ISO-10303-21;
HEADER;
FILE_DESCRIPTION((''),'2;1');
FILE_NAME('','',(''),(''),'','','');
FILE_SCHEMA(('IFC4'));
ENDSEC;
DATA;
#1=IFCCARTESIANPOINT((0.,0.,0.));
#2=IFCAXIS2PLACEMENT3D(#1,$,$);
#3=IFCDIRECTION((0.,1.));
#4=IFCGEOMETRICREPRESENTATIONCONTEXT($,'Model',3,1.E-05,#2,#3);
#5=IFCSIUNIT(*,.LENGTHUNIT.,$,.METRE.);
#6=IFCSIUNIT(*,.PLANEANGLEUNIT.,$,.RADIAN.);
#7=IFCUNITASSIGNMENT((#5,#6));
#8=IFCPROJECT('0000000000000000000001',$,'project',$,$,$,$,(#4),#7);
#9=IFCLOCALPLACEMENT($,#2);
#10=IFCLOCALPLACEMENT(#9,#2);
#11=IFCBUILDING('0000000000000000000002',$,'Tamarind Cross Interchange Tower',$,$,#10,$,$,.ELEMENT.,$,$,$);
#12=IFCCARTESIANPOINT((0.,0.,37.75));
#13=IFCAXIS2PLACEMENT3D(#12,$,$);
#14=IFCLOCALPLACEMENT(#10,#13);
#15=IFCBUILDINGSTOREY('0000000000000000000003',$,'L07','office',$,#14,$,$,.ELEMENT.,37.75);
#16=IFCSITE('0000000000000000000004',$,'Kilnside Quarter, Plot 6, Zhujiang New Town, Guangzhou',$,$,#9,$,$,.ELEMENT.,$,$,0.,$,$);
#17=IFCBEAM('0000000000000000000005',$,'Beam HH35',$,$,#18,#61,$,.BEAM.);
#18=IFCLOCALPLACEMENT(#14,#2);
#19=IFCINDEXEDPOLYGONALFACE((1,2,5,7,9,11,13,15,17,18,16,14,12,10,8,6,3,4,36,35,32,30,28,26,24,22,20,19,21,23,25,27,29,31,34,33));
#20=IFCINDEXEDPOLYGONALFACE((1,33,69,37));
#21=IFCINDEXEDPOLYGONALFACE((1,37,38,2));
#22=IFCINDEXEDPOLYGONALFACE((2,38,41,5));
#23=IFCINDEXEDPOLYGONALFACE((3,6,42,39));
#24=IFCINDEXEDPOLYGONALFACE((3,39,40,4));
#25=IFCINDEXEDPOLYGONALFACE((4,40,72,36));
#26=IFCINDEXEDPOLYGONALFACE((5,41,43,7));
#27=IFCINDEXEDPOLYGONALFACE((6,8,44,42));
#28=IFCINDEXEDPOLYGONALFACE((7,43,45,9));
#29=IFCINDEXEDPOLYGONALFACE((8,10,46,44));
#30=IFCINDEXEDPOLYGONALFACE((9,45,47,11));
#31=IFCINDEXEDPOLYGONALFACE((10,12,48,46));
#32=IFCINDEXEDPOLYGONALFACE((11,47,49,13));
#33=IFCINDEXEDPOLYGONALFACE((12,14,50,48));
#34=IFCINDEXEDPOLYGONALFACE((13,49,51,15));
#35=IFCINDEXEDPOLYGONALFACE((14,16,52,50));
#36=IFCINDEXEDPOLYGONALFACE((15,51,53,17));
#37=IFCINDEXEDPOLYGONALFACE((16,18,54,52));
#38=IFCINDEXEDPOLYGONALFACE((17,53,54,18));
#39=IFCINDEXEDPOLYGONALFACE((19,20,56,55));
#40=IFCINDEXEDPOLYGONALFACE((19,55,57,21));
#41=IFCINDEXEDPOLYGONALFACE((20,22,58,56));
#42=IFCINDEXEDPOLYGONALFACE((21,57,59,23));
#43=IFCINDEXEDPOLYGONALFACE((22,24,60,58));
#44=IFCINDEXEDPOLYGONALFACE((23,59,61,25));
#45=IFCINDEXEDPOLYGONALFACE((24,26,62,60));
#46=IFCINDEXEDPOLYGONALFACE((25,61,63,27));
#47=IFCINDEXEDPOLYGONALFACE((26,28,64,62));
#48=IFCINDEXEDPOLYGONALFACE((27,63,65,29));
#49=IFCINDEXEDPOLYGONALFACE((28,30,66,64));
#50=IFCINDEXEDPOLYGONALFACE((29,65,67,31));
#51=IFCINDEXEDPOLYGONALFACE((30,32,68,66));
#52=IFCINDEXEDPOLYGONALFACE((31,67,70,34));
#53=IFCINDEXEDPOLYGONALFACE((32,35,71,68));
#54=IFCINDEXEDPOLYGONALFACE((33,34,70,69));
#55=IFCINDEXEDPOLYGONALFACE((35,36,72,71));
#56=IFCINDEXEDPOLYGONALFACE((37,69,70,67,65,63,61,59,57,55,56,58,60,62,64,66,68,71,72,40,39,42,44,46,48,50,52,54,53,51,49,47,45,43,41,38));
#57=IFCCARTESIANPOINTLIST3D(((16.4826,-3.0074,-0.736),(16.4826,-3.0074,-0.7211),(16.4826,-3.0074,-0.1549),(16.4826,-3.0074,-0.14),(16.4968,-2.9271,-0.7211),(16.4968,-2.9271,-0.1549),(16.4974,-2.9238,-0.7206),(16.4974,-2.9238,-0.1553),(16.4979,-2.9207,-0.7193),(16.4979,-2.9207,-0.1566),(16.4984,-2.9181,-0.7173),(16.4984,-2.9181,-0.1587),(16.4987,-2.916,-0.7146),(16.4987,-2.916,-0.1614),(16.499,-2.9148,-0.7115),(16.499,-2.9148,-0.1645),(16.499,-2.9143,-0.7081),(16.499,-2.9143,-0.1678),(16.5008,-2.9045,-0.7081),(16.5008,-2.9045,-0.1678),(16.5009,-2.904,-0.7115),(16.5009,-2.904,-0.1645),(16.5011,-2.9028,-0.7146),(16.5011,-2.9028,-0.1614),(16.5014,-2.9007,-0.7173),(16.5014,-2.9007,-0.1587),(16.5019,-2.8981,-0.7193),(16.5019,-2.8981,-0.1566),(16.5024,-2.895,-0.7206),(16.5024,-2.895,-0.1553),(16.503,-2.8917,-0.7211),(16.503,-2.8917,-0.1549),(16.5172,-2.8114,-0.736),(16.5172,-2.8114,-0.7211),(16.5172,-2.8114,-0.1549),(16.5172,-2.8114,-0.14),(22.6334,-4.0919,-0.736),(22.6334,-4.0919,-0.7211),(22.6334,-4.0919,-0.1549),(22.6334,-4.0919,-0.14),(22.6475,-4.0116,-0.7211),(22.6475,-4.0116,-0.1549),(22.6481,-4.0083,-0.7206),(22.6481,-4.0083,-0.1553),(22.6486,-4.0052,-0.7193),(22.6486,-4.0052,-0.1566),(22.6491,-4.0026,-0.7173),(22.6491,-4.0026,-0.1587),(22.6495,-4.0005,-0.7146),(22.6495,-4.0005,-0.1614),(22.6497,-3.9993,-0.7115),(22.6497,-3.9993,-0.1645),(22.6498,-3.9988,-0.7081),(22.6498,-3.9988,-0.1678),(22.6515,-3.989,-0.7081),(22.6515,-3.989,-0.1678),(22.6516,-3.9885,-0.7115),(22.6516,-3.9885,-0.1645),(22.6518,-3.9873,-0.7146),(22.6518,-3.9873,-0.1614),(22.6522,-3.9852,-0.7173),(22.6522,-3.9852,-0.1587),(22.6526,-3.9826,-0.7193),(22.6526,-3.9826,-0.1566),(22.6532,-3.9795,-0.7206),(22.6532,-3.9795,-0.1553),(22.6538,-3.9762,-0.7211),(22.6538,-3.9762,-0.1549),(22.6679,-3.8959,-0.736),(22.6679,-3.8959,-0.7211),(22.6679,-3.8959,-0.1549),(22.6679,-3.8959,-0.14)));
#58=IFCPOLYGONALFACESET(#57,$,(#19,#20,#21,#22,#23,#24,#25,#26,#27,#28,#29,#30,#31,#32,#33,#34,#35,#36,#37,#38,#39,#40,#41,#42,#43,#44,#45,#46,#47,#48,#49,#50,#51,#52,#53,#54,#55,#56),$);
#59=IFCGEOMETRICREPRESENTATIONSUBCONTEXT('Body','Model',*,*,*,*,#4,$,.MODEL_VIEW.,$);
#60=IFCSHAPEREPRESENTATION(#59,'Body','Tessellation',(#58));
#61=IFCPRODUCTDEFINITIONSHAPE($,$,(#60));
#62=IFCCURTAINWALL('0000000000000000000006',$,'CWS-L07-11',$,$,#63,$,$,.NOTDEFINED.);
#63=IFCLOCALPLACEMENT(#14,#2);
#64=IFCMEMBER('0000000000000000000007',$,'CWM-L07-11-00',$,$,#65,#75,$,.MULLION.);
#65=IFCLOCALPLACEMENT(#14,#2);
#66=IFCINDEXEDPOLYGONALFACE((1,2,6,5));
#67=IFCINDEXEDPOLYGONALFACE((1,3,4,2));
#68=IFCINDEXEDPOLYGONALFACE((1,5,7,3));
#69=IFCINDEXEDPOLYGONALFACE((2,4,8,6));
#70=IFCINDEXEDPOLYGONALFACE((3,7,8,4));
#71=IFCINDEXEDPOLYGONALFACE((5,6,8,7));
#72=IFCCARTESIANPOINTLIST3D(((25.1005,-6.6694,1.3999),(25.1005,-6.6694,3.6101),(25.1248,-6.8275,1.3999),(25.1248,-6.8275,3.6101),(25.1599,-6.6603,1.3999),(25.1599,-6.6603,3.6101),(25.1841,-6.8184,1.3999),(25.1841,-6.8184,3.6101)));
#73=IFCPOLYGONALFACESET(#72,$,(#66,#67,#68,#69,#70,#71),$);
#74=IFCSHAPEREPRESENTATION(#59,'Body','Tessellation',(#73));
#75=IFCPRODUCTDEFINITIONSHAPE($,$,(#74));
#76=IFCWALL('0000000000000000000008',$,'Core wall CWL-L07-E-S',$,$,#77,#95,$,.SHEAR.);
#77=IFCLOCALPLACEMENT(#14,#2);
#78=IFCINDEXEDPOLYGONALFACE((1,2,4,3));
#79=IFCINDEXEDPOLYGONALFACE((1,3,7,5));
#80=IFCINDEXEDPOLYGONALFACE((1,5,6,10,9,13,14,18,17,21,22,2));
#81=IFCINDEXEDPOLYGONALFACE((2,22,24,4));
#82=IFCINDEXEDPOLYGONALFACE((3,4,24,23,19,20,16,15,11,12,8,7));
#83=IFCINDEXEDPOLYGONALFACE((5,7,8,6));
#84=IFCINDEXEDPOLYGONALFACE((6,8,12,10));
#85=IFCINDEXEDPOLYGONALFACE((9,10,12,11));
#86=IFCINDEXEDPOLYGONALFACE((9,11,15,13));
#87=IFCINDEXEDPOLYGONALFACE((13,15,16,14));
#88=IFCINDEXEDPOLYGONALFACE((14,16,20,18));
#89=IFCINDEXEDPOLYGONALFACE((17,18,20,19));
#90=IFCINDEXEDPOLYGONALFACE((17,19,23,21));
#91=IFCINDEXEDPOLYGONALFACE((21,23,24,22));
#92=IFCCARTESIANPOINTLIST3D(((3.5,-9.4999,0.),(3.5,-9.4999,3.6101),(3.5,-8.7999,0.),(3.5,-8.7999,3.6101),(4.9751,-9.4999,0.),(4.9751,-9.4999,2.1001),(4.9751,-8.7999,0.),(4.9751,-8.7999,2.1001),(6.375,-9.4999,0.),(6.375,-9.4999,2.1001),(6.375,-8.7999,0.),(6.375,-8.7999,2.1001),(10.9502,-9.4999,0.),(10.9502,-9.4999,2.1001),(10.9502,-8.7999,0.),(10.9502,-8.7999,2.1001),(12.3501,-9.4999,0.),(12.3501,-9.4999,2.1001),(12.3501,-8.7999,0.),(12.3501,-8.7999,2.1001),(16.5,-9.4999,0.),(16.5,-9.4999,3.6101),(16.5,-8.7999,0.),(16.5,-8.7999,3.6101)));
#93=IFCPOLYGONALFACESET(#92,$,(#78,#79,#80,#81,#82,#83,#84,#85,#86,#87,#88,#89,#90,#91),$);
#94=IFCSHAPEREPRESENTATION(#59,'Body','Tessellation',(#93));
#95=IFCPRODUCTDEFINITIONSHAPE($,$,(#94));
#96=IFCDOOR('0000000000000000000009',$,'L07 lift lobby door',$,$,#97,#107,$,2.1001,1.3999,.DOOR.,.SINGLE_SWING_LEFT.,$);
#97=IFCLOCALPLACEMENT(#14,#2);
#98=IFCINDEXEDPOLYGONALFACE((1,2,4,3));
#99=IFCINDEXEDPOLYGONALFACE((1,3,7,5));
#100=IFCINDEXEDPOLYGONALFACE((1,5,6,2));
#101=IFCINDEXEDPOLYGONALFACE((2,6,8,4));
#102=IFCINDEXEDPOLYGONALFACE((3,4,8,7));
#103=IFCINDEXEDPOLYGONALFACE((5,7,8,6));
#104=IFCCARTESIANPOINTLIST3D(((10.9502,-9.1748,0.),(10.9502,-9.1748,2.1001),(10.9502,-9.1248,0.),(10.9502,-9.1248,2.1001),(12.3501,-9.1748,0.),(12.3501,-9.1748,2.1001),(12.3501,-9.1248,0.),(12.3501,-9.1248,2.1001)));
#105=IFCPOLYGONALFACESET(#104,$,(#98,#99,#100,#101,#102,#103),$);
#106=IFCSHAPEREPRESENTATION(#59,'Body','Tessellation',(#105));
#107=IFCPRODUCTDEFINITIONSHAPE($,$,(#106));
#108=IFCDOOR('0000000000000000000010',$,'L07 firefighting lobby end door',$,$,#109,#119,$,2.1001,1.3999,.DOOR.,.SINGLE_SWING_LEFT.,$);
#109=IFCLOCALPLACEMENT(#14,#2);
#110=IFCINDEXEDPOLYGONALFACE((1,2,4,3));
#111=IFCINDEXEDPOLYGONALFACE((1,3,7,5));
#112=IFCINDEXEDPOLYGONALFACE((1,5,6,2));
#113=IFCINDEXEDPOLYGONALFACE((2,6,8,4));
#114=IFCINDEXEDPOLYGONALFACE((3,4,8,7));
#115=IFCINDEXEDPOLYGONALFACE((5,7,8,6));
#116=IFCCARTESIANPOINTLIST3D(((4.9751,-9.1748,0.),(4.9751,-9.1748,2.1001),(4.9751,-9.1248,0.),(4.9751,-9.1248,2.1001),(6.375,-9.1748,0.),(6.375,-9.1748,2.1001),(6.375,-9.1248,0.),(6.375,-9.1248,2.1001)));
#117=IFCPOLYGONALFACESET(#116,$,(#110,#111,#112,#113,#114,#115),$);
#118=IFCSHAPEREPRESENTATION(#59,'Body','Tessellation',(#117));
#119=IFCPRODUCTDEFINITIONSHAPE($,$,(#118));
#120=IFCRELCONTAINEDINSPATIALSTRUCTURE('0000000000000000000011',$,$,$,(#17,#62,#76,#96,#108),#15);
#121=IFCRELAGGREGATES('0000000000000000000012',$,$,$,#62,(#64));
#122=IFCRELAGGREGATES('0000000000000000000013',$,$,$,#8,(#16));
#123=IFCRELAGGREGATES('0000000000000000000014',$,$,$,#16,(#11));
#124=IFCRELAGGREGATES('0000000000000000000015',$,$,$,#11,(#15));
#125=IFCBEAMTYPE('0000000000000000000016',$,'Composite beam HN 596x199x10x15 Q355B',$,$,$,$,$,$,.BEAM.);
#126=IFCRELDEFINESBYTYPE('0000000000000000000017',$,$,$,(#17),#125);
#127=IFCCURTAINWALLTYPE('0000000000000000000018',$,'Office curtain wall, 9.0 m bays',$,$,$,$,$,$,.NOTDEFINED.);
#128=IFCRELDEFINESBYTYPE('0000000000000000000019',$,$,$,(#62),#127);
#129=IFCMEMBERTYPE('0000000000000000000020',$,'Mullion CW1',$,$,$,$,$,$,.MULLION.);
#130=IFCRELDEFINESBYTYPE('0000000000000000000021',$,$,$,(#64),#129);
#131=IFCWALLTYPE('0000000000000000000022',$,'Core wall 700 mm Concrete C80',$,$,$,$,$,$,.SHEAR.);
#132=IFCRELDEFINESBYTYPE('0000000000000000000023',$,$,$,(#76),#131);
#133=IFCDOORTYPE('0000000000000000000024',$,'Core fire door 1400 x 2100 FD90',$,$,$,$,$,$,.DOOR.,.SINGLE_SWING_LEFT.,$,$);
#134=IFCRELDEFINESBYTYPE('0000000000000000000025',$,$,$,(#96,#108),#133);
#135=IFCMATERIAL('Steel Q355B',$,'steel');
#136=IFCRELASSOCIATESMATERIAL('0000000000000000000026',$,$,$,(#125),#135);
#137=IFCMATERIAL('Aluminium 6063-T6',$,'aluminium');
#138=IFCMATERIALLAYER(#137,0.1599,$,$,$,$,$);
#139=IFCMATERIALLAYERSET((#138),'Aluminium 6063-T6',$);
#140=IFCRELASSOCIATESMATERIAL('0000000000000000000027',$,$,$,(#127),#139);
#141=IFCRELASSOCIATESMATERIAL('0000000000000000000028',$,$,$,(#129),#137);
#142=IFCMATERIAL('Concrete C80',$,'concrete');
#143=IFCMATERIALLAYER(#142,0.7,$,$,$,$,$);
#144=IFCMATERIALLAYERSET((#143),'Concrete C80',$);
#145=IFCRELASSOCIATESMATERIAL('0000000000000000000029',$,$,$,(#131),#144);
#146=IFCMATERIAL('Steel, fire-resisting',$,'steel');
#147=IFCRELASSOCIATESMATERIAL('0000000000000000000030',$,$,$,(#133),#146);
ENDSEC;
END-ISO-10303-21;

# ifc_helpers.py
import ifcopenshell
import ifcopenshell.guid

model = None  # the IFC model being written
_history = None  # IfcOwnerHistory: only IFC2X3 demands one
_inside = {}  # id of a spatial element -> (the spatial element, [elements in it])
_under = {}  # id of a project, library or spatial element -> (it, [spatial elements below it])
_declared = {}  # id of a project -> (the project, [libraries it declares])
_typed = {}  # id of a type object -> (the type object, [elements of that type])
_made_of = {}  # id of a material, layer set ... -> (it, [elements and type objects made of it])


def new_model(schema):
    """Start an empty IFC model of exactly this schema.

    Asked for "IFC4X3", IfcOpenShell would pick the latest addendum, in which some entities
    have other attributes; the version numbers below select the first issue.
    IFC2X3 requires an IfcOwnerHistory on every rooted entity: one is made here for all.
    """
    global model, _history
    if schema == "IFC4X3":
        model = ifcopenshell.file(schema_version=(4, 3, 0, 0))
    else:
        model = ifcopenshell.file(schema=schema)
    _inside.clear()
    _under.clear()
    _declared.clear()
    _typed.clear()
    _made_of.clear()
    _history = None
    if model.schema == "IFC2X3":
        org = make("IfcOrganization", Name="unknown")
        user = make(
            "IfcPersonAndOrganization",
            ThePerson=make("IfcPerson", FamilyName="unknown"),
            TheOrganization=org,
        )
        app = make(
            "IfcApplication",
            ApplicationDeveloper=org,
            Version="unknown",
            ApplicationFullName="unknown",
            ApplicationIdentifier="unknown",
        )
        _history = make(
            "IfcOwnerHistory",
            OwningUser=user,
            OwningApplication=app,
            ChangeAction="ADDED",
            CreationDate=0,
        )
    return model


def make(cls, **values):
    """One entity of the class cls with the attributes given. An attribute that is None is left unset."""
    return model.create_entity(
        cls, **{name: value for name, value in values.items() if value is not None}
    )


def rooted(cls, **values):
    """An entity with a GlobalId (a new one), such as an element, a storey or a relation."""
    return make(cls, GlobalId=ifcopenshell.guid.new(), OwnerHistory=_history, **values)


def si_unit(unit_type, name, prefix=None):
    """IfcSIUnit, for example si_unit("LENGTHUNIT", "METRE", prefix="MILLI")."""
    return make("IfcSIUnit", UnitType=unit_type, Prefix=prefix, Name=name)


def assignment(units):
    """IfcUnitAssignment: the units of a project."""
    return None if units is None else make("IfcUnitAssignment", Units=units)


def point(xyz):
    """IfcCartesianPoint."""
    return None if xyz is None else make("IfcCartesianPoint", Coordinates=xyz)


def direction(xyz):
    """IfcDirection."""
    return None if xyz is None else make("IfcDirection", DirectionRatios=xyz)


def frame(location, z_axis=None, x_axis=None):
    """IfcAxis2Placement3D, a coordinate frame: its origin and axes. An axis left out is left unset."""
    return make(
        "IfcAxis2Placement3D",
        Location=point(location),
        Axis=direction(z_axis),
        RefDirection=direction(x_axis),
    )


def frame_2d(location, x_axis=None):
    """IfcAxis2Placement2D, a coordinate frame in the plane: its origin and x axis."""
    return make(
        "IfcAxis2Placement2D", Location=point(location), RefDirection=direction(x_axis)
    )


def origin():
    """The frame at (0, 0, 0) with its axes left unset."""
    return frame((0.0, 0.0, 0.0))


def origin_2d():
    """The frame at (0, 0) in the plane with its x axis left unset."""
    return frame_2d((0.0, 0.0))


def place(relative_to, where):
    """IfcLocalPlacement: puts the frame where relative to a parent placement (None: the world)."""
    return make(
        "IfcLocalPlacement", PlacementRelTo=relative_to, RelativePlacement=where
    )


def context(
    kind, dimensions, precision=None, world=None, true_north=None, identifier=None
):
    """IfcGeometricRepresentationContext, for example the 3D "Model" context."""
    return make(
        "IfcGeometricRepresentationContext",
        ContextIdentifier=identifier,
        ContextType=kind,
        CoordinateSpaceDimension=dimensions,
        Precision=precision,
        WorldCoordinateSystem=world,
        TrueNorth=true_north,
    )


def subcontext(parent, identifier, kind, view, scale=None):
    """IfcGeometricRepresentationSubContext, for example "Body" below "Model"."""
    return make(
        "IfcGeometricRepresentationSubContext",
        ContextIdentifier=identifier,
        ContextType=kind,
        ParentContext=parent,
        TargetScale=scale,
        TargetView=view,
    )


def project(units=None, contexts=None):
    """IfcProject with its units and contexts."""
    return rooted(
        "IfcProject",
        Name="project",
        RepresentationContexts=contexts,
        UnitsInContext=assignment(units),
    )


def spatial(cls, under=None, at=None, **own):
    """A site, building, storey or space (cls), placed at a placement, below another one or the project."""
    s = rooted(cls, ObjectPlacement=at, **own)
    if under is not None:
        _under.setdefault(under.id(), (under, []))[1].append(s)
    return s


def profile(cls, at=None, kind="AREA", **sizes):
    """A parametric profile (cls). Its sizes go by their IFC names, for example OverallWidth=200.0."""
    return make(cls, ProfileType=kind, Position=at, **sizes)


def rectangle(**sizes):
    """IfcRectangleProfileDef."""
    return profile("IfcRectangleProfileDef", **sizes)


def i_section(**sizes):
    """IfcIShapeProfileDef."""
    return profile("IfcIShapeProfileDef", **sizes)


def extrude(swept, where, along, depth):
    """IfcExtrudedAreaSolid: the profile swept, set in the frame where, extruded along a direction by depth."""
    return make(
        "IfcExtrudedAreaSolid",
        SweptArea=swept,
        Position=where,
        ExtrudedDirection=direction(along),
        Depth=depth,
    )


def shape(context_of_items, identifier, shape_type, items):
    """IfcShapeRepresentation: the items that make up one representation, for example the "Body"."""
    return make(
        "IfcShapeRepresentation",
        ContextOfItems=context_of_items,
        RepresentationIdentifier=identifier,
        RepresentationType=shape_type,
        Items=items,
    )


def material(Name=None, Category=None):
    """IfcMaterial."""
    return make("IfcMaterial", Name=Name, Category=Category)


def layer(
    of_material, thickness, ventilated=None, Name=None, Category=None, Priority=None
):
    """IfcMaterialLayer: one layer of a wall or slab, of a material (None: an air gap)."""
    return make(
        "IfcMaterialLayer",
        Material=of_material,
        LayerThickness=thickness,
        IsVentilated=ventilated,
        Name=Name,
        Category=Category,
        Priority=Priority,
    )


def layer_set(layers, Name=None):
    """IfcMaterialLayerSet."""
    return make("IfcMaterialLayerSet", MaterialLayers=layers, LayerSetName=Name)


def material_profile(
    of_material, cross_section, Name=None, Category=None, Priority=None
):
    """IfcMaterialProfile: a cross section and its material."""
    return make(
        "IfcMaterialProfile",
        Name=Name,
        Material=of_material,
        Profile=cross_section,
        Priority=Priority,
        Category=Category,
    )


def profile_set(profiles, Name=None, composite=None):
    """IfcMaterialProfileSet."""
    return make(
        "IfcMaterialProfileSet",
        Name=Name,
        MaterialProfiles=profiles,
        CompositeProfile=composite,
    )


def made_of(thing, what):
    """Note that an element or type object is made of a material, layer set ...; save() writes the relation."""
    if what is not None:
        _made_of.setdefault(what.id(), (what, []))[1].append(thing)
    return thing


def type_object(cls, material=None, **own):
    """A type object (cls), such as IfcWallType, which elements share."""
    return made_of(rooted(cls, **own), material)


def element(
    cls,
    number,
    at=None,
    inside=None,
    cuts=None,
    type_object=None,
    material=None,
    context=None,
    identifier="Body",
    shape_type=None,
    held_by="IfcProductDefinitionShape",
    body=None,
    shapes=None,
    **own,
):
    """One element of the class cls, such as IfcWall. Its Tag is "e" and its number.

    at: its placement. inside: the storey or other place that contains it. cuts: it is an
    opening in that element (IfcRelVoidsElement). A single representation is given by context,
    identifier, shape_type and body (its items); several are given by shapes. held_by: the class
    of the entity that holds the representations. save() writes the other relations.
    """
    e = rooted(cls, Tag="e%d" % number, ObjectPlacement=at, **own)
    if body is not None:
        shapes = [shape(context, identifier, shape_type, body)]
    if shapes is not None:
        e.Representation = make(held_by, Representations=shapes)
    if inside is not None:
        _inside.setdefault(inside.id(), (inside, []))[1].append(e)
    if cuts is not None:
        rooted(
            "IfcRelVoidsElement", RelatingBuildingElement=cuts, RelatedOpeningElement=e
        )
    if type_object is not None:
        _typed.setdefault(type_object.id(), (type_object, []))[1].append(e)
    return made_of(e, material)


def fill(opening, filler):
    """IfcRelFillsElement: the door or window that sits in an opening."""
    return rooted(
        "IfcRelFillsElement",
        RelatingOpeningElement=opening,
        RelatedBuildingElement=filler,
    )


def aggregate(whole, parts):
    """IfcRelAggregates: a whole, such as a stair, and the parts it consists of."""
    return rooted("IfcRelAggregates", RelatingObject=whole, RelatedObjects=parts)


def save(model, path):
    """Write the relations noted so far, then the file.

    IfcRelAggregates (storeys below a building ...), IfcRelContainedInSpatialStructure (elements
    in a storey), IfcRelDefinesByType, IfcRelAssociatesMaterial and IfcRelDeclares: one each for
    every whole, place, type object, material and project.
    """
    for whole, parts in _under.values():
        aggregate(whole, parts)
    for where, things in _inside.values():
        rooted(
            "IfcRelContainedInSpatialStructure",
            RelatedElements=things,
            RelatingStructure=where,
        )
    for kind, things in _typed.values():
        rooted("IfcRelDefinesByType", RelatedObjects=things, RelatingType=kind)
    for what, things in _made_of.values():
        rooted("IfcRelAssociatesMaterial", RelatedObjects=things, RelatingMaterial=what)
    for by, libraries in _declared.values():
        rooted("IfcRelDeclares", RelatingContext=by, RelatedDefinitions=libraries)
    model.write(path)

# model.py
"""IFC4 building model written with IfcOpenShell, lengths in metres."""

from ifc_helpers import new_model, si_unit, direction, frame, frame_2d, origin, origin_2d, place, context, subcontext, project, spatial, rectangle, i_section, extrude, material, layer, layer_set, material_profile, profile_set, type_object, element, fill, aggregate, save


model = new_model("IFC4")

# Units and contexts
model_context = context("Model", 3, precision=1e-05, world=origin(), true_north=direction((0.0, 1.0)))
body_context = subcontext(model_context, "Body", "Model", "MODEL_VIEW")
ifc_project = project(units=[si_unit("LENGTHUNIT", "METRE"), si_unit("PLANEANGLEUNIT", "RADIAN")], contexts=[model_context])

# Site, building, storey
site_placement = place(None, origin())
site = spatial("IfcSite", under=ifc_project, at=site_placement, Name="Kilnside Quarter, Plot 6, Zhujiang New Town, Guangzhou", CompositionType="ELEMENT", RefElevation=0.0)
building_placement = place(site_placement, origin())
building = spatial("IfcBuilding", under=site, at=building_placement, Name="Tamarind Cross Interchange Tower", CompositionType="ELEMENT")
storey_placement = place(building_placement, frame((0.0, 0.0, 37.75)))
storey = spatial("IfcBuildingStorey", under=building, at=storey_placement, Name="L07", Description="office", CompositionType="ELEMENT", Elevation=37.75)

# Beam
ifc_material_1 = material(Name="Steel Q355B", Category="steel")
ifc_material_profile_1 = material_profile(ifc_material_1, i_section(OverallWidth=0.199, OverallDepth=0.5959, WebThickness=0.01, FlangeThickness=0.0149, FilletRadius=0.0129, at=origin_2d()), Name="HN 596x199x10x15")
ifc_profile_set_1 = profile_set([ifc_material_profile_1], Name="Steel Q355B")
beam_type = type_object("IfcBeamType", Name="Composite beam HN 596x199x10x15 Q355B", PredefinedType="BEAM", material=ifc_profile_set_1)
beam_1_placement = place(storey_placement, frame((22.6506, -3.9939, -0.438), z_axis=(-0.984809, 0.17364, 0.0), x_axis=(-0.17364, -0.984809, 0.0)))
element("IfcBeam", 1, at=beam_1_placement, inside=storey, type_object=beam_type, Name="Beam HH35", PredefinedType="BEAM", context=body_context, shape_type="SweptSolid", body=[
    extrude(i_section(OverallWidth=0.199, OverallDepth=0.5959, WebThickness=0.01, FlangeThickness=0.0149, FilletRadius=0.0129, at=origin_2d()), origin(), (0.0, 0.0, 1.0), 6.2456),
])

# Curtain wall, member
ifc_material_2 = material(Name="Aluminium 6063-T6", Category="aluminium")
ifc_layer_1 = layer(ifc_material_2, 0.1599)
ifc_layer_set_1 = layer_set([ifc_layer_1], Name="Aluminium 6063-T6")
curtain_wall_type = type_object("IfcCurtainWallType", Name="Office curtain wall, 9.0 m bays", PredefinedType="NOTDEFINED", material=ifc_layer_set_1)
curtain_wall_placement = place(storey_placement, origin())
curtain_wall = element("IfcCurtainWall", 2, at=curtain_wall_placement, inside=storey, type_object=curtain_wall_type, Name="CWS-L07-11", PredefinedType="NOTDEFINED")
ifc_material_profile_2 = material_profile(ifc_material_2, rectangle(XDim=0.0601, YDim=0.1599, at=origin_2d()), Name="Mullion CW1")
ifc_profile_set_2 = profile_set([ifc_material_profile_2], Name="Aluminium 6063-T6")
member_type = type_object("IfcMemberType", Name="Mullion CW1", PredefinedType="MULLION", material=ifc_profile_set_2)
member_placement = place(storey_placement, frame((25.1423, -6.7439, 1.3999), z_axis=(0.0, 0.0, 1.0), x_axis=(0.988428, 0.151689, 0.0)))
member = element("IfcMember", 3, at=member_placement, type_object=member_type, Name="CWM-L07-11-00", PredefinedType="MULLION", context=body_context, shape_type="SweptSolid", body=[
    extrude(rectangle(XDim=0.0601, YDim=0.1599, at=origin_2d()), origin(), (0.0, 0.0, 1.0), 2.2102),
])
aggregate(curtain_wall, [member])

# Wall, openings, doors
ifc_material_3 = material(Name="Concrete C80", Category="concrete")
ifc_layer_2 = layer(ifc_material_3, 0.7)
ifc_layer_set_2 = layer_set([ifc_layer_2], Name="Concrete C80")
wall_type_1 = type_object("IfcWallType", Name="Core wall 700 mm Concrete C80", PredefinedType="SHEAR", material=ifc_layer_set_2)
wall_1_placement = place(storey_placement, frame((16.5, -9.1499, 0.0), z_axis=(0.0, 0.0, 1.0), x_axis=(-1.0, 0.0, 0.0)))
wall_1 = element("IfcWall", 4, at=wall_1_placement, inside=storey, type_object=wall_type_1, Name="Core wall CWL-L07-E-S", PredefinedType="SHEAR", context=body_context, shape_type="SweptSolid", body=[
    extrude(rectangle(XDim=13.0, YDim=0.7, at=frame_2d((6.5, 0.0))), origin(), (0.0, 0.0, 1.0), 3.6101),
])
opening_1_placement = place(wall_1_placement, frame((4.1499, 0.0, 0.0)))
opening_1 = element("IfcOpeningElement", 5, at=opening_1_placement, cuts=wall_1, PredefinedType="OPENING", context=body_context, shape_type="SweptSolid", body=[
    extrude(rectangle(XDim=1.3999, YDim=2.1001, at=frame_2d((0.7, 1.05))), frame((0.0, 0.3599, 0.0), z_axis=(0.0, -1.0, 0.0), x_axis=(1.0, 0.0, 0.0)), (0.0, 0.0, 1.0), 0.72),
])
opening_2_placement = place(wall_1_placement, frame((10.125, 0.0, 0.0)))
opening_2 = element("IfcOpeningElement", 6, at=opening_2_placement, cuts=wall_1, PredefinedType="OPENING", context=body_context, shape_type="SweptSolid", body=[
    extrude(rectangle(XDim=1.3999, YDim=2.1001, at=frame_2d((0.7, 1.05))), frame((0.0, 0.3599, 0.0), z_axis=(0.0, -1.0, 0.0), x_axis=(1.0, 0.0, 0.0)), (0.0, 0.0, 1.0), 0.72),
])
ifc_material_4 = material(Name="Steel, fire-resisting", Category="steel")
door_type_1 = type_object("IfcDoorType", Name="Core fire door 1400 x 2100 FD90", OperationType="SINGLE_SWING_LEFT", PredefinedType="DOOR", material=ifc_material_4)
door_1_placement = place(opening_1_placement, origin())
door_1 = element("IfcDoor", 7, at=door_1_placement, inside=storey, type_object=door_type_1, Name="L07 lift lobby door", OperationType="SINGLE_SWING_LEFT", OverallHeight=2.1001, OverallWidth=1.3999, PredefinedType="DOOR", context=body_context, shape_type="SweptSolid", body=[
    extrude(rectangle(XDim=1.3999, YDim=2.1001, at=frame_2d((0.7, 1.05))), frame((0.0, 0.0249, 0.0), z_axis=(0.0, -1.0, 0.0), x_axis=(1.0, 0.0, 0.0)), (0.0, 0.0, 1.0), 0.05),
])
fill(opening_1, door_1)
door_2_placement = place(opening_2_placement, origin())
door_2 = element("IfcDoor", 8, at=door_2_placement, inside=storey, type_object=door_type_1, Name="L07 firefighting lobby end door", OperationType="SINGLE_SWING_LEFT", OverallHeight=2.1001, OverallWidth=1.3999, PredefinedType="DOOR", context=body_context, shape_type="SweptSolid", body=[
    extrude(rectangle(XDim=1.3999, YDim=2.1001, at=frame_2d((0.7, 1.05))), frame((0.0, 0.0249, 0.0), z_axis=(0.0, -1.0, 0.0), x_axis=(1.0, 0.0, 0.0)), (0.0, 0.0, 1.0), 0.05),
])
fill(opening_2, door_2)

save(model, "model.ifc")
